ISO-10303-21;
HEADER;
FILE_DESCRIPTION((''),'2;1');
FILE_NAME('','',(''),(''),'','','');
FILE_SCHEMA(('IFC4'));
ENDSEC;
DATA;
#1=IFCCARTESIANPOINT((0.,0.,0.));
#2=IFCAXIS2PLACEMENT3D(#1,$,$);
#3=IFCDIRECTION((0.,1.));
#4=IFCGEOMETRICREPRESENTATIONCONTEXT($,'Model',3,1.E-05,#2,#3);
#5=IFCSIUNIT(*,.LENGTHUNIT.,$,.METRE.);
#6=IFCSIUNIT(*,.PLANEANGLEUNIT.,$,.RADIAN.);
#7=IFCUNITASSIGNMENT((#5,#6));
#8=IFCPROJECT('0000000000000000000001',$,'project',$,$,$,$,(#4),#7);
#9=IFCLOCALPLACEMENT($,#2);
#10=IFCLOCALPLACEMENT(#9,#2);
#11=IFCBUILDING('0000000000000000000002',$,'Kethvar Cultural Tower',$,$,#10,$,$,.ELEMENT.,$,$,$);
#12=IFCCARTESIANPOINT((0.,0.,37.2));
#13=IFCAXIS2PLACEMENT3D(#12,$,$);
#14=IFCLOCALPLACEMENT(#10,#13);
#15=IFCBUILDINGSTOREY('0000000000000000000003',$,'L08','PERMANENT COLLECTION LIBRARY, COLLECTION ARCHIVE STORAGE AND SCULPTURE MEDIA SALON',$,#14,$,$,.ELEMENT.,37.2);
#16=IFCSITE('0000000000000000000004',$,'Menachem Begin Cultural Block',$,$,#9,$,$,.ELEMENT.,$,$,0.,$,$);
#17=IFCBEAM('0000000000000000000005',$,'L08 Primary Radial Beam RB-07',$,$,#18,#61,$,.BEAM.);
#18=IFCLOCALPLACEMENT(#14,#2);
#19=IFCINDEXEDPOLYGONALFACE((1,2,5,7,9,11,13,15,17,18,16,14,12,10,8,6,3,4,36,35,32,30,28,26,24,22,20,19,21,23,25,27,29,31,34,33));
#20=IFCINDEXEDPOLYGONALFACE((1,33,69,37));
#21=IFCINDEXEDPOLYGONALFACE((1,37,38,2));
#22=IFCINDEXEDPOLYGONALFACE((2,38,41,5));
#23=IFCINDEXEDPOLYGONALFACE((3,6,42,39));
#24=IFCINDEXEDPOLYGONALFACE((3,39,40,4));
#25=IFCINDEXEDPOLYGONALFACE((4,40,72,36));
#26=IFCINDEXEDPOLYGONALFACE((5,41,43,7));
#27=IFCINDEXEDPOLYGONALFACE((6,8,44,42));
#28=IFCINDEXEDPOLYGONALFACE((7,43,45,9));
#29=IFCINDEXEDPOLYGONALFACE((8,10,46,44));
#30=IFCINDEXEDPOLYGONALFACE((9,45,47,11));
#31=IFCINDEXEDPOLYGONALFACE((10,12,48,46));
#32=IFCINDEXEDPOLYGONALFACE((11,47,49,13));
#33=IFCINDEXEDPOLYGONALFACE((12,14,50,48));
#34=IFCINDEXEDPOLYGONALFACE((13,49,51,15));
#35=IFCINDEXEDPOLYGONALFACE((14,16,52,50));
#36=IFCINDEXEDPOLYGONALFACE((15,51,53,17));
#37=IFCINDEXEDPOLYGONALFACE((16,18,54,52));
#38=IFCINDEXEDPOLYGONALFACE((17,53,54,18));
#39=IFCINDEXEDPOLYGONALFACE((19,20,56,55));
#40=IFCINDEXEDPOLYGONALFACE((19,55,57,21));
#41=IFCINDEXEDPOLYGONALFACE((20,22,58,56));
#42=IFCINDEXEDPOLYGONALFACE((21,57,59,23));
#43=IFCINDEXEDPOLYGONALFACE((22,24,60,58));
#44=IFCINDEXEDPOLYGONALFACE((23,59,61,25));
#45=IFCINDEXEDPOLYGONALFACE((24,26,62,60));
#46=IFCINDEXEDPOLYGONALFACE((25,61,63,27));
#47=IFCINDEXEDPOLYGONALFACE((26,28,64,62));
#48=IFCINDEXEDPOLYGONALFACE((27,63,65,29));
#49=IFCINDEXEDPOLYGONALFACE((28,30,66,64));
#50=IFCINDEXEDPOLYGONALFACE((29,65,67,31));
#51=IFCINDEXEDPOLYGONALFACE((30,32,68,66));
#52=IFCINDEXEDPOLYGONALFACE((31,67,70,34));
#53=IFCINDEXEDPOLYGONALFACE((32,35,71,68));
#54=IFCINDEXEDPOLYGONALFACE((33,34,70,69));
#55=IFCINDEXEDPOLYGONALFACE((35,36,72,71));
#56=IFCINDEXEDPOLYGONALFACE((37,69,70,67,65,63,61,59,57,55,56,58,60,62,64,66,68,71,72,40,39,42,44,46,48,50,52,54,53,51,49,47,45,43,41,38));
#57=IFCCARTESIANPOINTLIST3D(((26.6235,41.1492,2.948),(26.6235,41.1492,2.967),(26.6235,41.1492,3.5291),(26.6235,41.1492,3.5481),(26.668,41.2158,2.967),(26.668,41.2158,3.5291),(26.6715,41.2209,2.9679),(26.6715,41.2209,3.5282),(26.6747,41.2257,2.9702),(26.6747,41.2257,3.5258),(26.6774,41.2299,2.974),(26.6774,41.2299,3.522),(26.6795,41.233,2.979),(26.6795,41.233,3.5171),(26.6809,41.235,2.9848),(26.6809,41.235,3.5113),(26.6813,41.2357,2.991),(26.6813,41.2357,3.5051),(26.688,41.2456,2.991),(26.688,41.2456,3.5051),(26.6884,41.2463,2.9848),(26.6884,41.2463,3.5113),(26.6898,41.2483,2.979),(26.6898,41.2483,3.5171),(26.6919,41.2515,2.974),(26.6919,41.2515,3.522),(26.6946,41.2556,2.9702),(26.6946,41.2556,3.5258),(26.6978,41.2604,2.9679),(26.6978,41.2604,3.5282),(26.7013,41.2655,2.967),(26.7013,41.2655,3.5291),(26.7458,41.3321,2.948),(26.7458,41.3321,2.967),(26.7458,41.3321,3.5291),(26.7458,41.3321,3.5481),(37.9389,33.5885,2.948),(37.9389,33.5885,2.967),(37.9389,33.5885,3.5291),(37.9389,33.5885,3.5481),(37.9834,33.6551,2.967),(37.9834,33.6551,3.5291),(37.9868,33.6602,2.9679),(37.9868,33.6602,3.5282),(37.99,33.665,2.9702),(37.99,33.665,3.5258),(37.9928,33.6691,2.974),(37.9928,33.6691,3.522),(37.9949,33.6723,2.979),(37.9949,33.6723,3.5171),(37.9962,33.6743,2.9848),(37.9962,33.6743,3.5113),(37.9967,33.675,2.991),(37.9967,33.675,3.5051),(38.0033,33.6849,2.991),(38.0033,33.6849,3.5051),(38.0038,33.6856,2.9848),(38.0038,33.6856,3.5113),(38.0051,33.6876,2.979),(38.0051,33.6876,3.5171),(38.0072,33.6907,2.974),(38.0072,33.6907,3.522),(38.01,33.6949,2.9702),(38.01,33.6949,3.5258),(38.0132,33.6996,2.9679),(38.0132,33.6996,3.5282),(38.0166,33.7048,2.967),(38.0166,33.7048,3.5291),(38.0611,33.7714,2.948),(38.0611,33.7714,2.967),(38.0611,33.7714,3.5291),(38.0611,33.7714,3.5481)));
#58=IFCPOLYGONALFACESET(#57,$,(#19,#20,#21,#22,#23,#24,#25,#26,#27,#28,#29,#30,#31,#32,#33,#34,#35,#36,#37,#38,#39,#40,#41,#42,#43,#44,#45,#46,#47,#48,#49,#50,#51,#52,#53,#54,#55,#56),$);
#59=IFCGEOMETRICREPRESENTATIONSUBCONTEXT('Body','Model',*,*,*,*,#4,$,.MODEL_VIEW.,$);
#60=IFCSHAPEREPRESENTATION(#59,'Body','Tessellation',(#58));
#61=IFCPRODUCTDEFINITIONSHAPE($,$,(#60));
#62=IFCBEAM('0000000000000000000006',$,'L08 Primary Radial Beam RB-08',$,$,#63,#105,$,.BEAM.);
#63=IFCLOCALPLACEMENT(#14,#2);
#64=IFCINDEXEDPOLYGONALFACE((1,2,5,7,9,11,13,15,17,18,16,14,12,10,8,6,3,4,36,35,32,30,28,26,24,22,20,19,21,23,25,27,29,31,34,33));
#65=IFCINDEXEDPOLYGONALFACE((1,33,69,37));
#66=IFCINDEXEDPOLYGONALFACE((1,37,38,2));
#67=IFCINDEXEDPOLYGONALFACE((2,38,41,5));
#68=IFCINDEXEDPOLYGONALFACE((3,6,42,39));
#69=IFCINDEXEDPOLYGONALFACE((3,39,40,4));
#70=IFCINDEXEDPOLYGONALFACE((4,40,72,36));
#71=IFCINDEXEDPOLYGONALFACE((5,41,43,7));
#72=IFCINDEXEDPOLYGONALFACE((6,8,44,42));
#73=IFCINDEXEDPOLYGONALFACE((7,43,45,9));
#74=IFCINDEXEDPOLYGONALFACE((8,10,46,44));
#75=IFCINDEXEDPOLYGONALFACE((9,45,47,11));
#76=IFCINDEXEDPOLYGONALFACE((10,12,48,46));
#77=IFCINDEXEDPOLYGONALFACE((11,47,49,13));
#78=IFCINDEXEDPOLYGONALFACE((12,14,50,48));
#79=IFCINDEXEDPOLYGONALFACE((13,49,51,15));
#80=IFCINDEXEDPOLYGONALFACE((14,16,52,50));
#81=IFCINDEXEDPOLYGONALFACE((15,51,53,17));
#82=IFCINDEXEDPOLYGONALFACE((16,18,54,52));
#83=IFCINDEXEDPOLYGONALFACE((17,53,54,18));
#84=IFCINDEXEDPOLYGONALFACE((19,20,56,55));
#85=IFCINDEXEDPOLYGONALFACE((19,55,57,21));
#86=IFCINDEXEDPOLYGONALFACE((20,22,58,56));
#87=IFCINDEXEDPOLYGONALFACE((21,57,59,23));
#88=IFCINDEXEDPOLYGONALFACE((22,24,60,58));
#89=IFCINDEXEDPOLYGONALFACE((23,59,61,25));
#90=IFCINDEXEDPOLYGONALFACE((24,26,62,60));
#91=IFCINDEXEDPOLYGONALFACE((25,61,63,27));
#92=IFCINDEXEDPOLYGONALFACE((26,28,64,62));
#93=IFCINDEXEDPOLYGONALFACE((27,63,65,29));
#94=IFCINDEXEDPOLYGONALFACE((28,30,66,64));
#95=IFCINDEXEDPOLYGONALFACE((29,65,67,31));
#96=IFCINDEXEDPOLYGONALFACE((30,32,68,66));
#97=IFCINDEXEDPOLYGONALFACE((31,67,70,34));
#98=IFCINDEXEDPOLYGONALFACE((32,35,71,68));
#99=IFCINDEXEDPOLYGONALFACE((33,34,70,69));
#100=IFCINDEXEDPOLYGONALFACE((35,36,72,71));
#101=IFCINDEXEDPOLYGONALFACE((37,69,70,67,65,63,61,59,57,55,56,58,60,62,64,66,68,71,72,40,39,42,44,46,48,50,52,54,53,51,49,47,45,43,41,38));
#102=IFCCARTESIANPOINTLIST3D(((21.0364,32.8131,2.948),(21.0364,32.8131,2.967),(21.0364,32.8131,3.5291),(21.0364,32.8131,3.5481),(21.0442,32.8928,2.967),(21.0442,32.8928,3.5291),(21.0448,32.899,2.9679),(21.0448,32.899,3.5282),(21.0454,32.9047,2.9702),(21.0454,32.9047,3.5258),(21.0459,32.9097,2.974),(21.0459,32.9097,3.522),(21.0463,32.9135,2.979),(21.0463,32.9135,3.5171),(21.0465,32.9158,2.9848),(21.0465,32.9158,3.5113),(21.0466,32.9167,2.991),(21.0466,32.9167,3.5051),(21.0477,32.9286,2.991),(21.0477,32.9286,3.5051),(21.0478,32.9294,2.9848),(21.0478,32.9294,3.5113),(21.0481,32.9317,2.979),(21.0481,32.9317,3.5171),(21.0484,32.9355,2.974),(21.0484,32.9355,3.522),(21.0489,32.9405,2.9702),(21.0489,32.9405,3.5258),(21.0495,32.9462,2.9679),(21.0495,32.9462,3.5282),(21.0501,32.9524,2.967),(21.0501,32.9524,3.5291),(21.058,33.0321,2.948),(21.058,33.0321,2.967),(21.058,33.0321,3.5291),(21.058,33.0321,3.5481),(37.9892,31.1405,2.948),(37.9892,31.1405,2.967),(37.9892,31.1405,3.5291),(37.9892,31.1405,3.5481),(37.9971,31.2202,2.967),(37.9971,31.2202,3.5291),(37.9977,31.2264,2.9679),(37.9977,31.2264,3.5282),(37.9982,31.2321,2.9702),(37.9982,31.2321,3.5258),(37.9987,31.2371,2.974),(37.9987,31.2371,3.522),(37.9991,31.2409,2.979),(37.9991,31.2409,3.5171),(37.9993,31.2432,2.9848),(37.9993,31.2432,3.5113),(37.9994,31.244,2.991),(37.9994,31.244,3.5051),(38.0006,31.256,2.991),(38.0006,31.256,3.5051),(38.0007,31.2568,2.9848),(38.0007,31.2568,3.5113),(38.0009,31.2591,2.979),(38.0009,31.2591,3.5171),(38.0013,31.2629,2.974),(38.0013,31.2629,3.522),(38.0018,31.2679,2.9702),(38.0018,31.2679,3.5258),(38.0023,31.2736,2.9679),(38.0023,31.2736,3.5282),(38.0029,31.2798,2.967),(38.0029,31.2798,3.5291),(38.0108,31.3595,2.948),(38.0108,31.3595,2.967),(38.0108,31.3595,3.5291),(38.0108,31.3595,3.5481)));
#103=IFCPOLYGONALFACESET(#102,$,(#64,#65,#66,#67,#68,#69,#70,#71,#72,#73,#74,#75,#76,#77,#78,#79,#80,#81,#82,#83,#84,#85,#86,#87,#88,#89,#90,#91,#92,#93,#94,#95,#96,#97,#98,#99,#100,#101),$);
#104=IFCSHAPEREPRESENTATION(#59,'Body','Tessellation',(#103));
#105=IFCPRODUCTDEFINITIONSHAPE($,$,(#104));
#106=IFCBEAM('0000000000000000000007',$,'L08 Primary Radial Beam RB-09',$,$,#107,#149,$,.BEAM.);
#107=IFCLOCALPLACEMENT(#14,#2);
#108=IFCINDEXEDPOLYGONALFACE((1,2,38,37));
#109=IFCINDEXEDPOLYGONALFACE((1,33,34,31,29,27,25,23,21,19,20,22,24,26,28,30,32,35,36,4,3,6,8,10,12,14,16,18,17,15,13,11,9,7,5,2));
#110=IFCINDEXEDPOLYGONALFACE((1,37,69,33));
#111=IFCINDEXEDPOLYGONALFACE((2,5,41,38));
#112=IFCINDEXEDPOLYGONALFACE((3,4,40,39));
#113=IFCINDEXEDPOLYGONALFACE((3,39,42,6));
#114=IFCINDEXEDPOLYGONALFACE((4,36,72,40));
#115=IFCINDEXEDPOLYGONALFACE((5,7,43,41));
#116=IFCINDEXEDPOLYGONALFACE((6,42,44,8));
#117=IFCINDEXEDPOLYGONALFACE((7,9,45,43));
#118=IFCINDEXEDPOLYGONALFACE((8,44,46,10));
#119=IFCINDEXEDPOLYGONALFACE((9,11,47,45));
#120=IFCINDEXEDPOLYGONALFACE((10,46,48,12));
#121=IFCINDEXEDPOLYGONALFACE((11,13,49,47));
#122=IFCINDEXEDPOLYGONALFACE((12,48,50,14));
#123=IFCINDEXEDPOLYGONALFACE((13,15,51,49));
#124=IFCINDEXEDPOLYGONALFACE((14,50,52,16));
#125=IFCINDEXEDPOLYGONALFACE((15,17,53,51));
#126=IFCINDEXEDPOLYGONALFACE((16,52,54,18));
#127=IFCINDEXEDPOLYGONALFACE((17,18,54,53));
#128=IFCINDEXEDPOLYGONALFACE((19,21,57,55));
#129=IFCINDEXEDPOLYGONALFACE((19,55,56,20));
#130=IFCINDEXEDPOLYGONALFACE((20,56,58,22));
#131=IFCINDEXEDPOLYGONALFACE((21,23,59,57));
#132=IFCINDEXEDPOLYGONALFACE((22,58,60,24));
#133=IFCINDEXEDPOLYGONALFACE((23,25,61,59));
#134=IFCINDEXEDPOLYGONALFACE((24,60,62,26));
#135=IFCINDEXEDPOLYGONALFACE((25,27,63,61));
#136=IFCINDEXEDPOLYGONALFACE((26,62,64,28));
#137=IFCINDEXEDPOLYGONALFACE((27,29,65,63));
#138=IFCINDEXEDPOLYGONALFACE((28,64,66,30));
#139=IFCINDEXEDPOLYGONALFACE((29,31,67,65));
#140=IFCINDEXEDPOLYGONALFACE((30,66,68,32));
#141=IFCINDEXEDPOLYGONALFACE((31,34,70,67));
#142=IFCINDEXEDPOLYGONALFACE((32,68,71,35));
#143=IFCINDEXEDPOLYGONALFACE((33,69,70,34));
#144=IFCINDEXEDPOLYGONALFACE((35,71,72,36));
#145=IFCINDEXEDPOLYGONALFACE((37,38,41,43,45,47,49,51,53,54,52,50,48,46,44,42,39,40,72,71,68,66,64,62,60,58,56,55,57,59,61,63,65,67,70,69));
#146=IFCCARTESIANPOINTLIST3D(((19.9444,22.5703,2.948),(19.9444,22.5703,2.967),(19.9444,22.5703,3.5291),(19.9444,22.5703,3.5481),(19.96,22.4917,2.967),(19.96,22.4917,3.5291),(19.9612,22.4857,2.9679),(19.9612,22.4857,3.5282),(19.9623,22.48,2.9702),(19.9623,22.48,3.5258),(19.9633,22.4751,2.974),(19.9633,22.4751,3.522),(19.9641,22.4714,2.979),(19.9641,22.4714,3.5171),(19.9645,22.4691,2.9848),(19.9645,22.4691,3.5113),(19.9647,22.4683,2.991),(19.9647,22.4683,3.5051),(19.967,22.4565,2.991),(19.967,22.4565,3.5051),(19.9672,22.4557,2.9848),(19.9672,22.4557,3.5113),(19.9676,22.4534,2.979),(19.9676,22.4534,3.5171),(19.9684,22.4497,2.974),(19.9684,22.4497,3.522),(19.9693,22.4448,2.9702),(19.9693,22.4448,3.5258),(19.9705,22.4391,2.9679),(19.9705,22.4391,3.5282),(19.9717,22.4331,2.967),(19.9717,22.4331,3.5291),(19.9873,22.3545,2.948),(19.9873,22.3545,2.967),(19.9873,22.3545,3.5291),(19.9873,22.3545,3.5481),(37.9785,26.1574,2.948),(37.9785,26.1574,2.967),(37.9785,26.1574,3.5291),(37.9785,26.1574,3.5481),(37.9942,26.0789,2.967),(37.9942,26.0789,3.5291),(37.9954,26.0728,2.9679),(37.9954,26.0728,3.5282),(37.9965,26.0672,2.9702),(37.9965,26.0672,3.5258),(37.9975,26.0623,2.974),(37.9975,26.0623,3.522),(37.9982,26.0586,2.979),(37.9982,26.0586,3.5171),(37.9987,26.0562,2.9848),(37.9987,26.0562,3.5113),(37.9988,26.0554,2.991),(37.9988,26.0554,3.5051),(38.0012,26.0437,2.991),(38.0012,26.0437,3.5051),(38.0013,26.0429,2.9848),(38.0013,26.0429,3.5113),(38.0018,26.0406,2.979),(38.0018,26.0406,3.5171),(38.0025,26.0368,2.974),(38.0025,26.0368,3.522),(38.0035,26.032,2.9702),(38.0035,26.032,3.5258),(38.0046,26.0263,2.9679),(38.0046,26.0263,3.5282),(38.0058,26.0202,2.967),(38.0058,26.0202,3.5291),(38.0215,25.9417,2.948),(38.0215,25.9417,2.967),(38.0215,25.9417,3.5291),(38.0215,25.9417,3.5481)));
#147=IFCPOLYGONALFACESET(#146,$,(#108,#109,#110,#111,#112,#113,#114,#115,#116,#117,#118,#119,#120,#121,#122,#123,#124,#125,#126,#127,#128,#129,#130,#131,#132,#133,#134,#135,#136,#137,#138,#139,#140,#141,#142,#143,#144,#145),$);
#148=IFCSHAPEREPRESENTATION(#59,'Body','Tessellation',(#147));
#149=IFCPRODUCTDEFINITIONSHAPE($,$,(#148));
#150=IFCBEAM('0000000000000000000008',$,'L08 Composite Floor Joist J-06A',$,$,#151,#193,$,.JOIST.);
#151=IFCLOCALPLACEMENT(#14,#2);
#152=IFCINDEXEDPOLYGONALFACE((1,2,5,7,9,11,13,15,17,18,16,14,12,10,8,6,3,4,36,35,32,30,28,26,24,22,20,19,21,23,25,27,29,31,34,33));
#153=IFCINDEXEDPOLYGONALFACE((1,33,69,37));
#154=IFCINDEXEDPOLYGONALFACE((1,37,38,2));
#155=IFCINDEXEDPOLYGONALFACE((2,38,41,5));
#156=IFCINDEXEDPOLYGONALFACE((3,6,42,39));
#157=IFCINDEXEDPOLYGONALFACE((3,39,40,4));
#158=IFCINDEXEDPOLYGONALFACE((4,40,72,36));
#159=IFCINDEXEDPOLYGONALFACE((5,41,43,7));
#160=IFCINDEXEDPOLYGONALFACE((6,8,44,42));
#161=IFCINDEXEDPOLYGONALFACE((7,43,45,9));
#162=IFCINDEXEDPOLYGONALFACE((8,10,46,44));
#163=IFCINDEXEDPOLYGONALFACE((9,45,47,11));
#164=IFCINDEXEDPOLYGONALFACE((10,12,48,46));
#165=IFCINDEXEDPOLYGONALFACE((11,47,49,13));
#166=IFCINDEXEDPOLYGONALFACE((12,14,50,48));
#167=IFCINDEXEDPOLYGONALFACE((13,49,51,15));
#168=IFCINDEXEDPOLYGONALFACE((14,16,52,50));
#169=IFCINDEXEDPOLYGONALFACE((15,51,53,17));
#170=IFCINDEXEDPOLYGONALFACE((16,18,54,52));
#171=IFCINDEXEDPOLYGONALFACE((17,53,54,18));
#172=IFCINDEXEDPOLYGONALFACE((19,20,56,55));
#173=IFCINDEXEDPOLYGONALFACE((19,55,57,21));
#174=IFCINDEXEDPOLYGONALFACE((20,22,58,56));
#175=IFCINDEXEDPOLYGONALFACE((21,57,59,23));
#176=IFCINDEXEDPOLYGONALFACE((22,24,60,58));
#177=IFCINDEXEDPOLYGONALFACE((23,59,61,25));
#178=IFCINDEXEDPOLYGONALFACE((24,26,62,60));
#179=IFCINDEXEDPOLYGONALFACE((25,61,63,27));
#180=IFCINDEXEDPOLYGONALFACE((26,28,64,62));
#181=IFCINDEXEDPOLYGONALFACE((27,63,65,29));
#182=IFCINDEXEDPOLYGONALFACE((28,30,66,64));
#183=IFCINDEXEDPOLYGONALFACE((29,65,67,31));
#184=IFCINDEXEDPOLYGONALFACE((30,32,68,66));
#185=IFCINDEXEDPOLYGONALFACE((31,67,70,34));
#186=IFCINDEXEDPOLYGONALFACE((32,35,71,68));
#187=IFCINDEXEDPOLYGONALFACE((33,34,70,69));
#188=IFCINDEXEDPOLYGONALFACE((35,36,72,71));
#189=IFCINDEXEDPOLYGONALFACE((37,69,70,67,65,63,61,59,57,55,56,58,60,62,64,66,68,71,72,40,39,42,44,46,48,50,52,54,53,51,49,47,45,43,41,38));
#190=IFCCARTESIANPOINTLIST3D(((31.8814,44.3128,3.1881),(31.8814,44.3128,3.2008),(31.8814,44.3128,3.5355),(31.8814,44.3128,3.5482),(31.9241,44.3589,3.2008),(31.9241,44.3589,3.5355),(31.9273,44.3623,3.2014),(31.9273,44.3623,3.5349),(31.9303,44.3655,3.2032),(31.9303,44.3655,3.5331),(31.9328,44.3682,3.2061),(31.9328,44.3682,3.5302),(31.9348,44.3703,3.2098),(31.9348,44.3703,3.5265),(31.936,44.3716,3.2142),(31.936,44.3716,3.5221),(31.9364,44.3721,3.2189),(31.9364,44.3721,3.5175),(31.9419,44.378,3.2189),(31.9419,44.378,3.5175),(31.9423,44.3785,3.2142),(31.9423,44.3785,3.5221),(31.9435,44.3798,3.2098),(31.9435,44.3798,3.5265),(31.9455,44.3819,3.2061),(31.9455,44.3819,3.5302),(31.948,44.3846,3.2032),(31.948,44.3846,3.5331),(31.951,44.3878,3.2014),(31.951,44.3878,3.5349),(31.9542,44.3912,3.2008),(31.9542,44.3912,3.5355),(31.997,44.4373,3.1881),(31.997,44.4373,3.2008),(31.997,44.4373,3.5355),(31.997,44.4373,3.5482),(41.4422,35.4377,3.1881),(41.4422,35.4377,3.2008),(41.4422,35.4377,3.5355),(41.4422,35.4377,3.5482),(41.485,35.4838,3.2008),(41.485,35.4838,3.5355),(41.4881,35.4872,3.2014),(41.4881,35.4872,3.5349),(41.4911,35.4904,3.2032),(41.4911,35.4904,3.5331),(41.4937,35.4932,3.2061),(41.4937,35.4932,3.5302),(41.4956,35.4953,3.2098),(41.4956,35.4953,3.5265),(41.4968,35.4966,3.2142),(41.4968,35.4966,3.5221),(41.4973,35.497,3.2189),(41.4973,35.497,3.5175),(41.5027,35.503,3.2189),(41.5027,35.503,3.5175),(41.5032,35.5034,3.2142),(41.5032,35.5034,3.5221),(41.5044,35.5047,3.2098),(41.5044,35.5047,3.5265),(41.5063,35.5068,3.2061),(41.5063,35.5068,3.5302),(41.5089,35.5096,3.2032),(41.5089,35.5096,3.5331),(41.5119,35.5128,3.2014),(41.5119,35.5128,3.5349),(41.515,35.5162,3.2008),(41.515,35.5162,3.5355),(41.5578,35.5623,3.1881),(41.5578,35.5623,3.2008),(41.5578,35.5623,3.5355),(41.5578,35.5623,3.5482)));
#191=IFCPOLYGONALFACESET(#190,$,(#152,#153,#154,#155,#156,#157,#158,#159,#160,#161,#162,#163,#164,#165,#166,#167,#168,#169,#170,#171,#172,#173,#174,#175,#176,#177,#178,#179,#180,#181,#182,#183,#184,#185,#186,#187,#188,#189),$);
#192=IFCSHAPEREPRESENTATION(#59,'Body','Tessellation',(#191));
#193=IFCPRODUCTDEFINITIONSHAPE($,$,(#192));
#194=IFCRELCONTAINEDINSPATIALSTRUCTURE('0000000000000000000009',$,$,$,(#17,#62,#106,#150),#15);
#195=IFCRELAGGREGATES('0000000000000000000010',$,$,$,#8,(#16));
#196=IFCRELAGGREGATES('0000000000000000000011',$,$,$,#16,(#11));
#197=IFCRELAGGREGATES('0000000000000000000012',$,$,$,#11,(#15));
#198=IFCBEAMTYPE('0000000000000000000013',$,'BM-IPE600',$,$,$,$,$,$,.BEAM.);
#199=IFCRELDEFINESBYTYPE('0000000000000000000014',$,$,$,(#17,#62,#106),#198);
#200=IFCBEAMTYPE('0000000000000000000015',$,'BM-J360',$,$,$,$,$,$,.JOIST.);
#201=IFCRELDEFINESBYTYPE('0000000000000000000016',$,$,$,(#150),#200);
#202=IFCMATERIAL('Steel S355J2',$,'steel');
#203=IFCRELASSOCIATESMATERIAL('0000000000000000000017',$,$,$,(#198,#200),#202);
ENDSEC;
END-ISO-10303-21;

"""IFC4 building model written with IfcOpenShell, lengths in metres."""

from ifc_helpers import new_model, si_unit, direction, frame, origin, origin_2d, place, context, subcontext, project, spatial, i_section, extrude, source, transform, mapped, material, material_profile, profile_set, type_object, element, save


model = new_model("IFC4")

# Units and contexts
model_context = context("Model", 3, precision=1e-05, world=origin(), true_north=direction((0.0, 1.0)))
body_context = subcontext(model_context, "Body", "Model", "MODEL_VIEW")
ifc_project = project(units=[si_unit("LENGTHUNIT", "METRE"), si_unit("PLANEANGLEUNIT", "RADIAN")], contexts=[model_context])

# Site, building, storey
site_placement = place(None, origin())
site = spatial("IfcSite", under=ifc_project, at=site_placement, Name="Menachem Begin Cultural Block", CompositionType="ELEMENT", RefElevation=0.0)
building_placement = place(site_placement, origin())
building = spatial("IfcBuilding", under=site, at=building_placement, Name="Kethvar Cultural Tower", CompositionType="ELEMENT")
storey_placement = place(building_placement, frame((0.0, 0.0, 37.2)))
storey = spatial("IfcBuildingStorey", under=building, at=storey_placement, Name="L08", Description="PERMANENT COLLECTION LIBRARY, COLLECTION ARCHIVE STORAGE AND SCULPTURE MEDIA SALON", CompositionType="ELEMENT", Elevation=37.2)

# Beams
ifc_material_1 = material(Name="Steel S355J2", Category="steel")
ifc_material_profile_1 = material_profile(ifc_material_1, i_section(OverallWidth=0.22, OverallDepth=0.6001, WebThickness=0.012, FlangeThickness=0.019, FilletRadius=0.0239, at=origin_2d()), Name="Steel S355J2 — IPE600")
ifc_profile_set_1 = profile_set([ifc_material_profile_1], Name="Steel S355J2 — IPE600")
beam_type_1 = type_object("IfcBeamType", Name="BM-IPE600", PredefinedType="BEAM", material=ifc_profile_set_1)
shared_shape_1 = source(origin(), body_context, "Body", "SweptSolid", [
    extrude(i_section(OverallWidth=0.22, OverallDepth=0.6001, WebThickness=0.012, FlangeThickness=0.019, FilletRadius=0.0239, at=origin_2d()), origin(), (0.0, 0.0, 1.0), 13.6089),
])
beam_1_placement = place(storey_placement, frame((38.0, 33.6799, 3.248), z_axis=(-0.831467, 0.555573, 0.0), x_axis=(-0.555573, -0.831467, 0.0)))
element("IfcBeam", 1, at=beam_1_placement, inside=storey, type_object=beam_type_1, Name="L08 Primary Radial Beam RB-07", PredefinedType="BEAM", context=body_context, shape_type="MappedRepresentation", body=[
    mapped(shared_shape_1, transform((0.0, 0.0, 0.0), scale=1.0)),
])
shared_shape_2 = source(origin(), body_context, "Body", "SweptSolid", [
    extrude(i_section(OverallWidth=0.22, OverallDepth=0.6001, WebThickness=0.012, FlangeThickness=0.019, FilletRadius=0.0239, at=origin_2d()), origin(), (0.0, 0.0, 1.0), 17.0352),
])
beam_2_placement = place(storey_placement, frame((38.0, 31.25, 3.248), z_axis=(-0.995168, 0.098185, 0.0), x_axis=(-0.098185, -0.995168, 0.0)))
element("IfcBeam", 2, at=beam_2_placement, inside=storey, type_object=beam_type_1, Name="L08 Primary Radial Beam RB-08", PredefinedType="BEAM", context=body_context, shape_type="MappedRepresentation", body=[
    mapped(shared_shape_2, transform((0.0, 0.0, 0.0), scale=1.0)),
])
shared_shape_3 = source(origin(), body_context, "Body", "SweptSolid", [
    extrude(i_section(OverallWidth=0.22, OverallDepth=0.6001, WebThickness=0.012, FlangeThickness=0.019, FilletRadius=0.0239, at=origin_2d()), origin(), (0.0, 0.0, 1.0), 18.3875),
])
beam_3_placement = place(storey_placement, frame((38.0, 26.0496, 3.248), z_axis=(-0.980786, -0.195087, 0.0), x_axis=(0.195087, -0.980786, 0.0)))
element("IfcBeam", 3, at=beam_3_placement, inside=storey, type_object=beam_type_1, Name="L08 Primary Radial Beam RB-09", PredefinedType="BEAM", context=body_context, shape_type="MappedRepresentation", body=[
    mapped(shared_shape_3, transform((0.0, 0.0, 0.0), scale=1.0)),
])
ifc_material_profile_2 = material_profile(ifc_material_1, i_section(OverallWidth=0.1699, OverallDepth=0.3601, WebThickness=0.0081, FlangeThickness=0.0127, FilletRadius=0.0181, at=origin_2d()), Name="Steel S355J2 — IPE360")
ifc_profile_set_2 = profile_set([ifc_material_profile_2], Name="Steel S355J2 — IPE360")
beam_type_2 = type_object("IfcBeamType", Name="BM-J360", PredefinedType="JOIST", material=ifc_profile_set_2)
shared_shape_4 = source(origin(), body_context, "Body", "SweptSolid", [
    extrude(i_section(OverallWidth=0.1699, OverallDepth=0.3601, WebThickness=0.0081, FlangeThickness=0.0127, FilletRadius=0.0181, at=origin_2d()), origin(), (0.0, 0.0, 1.0), 13.0452),
])
beam_4_placement = place(storey_placement, frame((41.5, 35.5, 3.3682), z_axis=(-0.732903, 0.680333, 0.0), x_axis=(-0.680333, -0.732903, 0.0)))
element("IfcBeam", 4, at=beam_4_placement, inside=storey, type_object=beam_type_2, Name="L08 Composite Floor Joist J-06A", PredefinedType="JOIST", context=body_context, shape_type="MappedRepresentation", body=[
    mapped(shared_shape_4, transform((0.0, 0.0, 0.0), scale=1.0)),
])

save(model, "model.ifc")
